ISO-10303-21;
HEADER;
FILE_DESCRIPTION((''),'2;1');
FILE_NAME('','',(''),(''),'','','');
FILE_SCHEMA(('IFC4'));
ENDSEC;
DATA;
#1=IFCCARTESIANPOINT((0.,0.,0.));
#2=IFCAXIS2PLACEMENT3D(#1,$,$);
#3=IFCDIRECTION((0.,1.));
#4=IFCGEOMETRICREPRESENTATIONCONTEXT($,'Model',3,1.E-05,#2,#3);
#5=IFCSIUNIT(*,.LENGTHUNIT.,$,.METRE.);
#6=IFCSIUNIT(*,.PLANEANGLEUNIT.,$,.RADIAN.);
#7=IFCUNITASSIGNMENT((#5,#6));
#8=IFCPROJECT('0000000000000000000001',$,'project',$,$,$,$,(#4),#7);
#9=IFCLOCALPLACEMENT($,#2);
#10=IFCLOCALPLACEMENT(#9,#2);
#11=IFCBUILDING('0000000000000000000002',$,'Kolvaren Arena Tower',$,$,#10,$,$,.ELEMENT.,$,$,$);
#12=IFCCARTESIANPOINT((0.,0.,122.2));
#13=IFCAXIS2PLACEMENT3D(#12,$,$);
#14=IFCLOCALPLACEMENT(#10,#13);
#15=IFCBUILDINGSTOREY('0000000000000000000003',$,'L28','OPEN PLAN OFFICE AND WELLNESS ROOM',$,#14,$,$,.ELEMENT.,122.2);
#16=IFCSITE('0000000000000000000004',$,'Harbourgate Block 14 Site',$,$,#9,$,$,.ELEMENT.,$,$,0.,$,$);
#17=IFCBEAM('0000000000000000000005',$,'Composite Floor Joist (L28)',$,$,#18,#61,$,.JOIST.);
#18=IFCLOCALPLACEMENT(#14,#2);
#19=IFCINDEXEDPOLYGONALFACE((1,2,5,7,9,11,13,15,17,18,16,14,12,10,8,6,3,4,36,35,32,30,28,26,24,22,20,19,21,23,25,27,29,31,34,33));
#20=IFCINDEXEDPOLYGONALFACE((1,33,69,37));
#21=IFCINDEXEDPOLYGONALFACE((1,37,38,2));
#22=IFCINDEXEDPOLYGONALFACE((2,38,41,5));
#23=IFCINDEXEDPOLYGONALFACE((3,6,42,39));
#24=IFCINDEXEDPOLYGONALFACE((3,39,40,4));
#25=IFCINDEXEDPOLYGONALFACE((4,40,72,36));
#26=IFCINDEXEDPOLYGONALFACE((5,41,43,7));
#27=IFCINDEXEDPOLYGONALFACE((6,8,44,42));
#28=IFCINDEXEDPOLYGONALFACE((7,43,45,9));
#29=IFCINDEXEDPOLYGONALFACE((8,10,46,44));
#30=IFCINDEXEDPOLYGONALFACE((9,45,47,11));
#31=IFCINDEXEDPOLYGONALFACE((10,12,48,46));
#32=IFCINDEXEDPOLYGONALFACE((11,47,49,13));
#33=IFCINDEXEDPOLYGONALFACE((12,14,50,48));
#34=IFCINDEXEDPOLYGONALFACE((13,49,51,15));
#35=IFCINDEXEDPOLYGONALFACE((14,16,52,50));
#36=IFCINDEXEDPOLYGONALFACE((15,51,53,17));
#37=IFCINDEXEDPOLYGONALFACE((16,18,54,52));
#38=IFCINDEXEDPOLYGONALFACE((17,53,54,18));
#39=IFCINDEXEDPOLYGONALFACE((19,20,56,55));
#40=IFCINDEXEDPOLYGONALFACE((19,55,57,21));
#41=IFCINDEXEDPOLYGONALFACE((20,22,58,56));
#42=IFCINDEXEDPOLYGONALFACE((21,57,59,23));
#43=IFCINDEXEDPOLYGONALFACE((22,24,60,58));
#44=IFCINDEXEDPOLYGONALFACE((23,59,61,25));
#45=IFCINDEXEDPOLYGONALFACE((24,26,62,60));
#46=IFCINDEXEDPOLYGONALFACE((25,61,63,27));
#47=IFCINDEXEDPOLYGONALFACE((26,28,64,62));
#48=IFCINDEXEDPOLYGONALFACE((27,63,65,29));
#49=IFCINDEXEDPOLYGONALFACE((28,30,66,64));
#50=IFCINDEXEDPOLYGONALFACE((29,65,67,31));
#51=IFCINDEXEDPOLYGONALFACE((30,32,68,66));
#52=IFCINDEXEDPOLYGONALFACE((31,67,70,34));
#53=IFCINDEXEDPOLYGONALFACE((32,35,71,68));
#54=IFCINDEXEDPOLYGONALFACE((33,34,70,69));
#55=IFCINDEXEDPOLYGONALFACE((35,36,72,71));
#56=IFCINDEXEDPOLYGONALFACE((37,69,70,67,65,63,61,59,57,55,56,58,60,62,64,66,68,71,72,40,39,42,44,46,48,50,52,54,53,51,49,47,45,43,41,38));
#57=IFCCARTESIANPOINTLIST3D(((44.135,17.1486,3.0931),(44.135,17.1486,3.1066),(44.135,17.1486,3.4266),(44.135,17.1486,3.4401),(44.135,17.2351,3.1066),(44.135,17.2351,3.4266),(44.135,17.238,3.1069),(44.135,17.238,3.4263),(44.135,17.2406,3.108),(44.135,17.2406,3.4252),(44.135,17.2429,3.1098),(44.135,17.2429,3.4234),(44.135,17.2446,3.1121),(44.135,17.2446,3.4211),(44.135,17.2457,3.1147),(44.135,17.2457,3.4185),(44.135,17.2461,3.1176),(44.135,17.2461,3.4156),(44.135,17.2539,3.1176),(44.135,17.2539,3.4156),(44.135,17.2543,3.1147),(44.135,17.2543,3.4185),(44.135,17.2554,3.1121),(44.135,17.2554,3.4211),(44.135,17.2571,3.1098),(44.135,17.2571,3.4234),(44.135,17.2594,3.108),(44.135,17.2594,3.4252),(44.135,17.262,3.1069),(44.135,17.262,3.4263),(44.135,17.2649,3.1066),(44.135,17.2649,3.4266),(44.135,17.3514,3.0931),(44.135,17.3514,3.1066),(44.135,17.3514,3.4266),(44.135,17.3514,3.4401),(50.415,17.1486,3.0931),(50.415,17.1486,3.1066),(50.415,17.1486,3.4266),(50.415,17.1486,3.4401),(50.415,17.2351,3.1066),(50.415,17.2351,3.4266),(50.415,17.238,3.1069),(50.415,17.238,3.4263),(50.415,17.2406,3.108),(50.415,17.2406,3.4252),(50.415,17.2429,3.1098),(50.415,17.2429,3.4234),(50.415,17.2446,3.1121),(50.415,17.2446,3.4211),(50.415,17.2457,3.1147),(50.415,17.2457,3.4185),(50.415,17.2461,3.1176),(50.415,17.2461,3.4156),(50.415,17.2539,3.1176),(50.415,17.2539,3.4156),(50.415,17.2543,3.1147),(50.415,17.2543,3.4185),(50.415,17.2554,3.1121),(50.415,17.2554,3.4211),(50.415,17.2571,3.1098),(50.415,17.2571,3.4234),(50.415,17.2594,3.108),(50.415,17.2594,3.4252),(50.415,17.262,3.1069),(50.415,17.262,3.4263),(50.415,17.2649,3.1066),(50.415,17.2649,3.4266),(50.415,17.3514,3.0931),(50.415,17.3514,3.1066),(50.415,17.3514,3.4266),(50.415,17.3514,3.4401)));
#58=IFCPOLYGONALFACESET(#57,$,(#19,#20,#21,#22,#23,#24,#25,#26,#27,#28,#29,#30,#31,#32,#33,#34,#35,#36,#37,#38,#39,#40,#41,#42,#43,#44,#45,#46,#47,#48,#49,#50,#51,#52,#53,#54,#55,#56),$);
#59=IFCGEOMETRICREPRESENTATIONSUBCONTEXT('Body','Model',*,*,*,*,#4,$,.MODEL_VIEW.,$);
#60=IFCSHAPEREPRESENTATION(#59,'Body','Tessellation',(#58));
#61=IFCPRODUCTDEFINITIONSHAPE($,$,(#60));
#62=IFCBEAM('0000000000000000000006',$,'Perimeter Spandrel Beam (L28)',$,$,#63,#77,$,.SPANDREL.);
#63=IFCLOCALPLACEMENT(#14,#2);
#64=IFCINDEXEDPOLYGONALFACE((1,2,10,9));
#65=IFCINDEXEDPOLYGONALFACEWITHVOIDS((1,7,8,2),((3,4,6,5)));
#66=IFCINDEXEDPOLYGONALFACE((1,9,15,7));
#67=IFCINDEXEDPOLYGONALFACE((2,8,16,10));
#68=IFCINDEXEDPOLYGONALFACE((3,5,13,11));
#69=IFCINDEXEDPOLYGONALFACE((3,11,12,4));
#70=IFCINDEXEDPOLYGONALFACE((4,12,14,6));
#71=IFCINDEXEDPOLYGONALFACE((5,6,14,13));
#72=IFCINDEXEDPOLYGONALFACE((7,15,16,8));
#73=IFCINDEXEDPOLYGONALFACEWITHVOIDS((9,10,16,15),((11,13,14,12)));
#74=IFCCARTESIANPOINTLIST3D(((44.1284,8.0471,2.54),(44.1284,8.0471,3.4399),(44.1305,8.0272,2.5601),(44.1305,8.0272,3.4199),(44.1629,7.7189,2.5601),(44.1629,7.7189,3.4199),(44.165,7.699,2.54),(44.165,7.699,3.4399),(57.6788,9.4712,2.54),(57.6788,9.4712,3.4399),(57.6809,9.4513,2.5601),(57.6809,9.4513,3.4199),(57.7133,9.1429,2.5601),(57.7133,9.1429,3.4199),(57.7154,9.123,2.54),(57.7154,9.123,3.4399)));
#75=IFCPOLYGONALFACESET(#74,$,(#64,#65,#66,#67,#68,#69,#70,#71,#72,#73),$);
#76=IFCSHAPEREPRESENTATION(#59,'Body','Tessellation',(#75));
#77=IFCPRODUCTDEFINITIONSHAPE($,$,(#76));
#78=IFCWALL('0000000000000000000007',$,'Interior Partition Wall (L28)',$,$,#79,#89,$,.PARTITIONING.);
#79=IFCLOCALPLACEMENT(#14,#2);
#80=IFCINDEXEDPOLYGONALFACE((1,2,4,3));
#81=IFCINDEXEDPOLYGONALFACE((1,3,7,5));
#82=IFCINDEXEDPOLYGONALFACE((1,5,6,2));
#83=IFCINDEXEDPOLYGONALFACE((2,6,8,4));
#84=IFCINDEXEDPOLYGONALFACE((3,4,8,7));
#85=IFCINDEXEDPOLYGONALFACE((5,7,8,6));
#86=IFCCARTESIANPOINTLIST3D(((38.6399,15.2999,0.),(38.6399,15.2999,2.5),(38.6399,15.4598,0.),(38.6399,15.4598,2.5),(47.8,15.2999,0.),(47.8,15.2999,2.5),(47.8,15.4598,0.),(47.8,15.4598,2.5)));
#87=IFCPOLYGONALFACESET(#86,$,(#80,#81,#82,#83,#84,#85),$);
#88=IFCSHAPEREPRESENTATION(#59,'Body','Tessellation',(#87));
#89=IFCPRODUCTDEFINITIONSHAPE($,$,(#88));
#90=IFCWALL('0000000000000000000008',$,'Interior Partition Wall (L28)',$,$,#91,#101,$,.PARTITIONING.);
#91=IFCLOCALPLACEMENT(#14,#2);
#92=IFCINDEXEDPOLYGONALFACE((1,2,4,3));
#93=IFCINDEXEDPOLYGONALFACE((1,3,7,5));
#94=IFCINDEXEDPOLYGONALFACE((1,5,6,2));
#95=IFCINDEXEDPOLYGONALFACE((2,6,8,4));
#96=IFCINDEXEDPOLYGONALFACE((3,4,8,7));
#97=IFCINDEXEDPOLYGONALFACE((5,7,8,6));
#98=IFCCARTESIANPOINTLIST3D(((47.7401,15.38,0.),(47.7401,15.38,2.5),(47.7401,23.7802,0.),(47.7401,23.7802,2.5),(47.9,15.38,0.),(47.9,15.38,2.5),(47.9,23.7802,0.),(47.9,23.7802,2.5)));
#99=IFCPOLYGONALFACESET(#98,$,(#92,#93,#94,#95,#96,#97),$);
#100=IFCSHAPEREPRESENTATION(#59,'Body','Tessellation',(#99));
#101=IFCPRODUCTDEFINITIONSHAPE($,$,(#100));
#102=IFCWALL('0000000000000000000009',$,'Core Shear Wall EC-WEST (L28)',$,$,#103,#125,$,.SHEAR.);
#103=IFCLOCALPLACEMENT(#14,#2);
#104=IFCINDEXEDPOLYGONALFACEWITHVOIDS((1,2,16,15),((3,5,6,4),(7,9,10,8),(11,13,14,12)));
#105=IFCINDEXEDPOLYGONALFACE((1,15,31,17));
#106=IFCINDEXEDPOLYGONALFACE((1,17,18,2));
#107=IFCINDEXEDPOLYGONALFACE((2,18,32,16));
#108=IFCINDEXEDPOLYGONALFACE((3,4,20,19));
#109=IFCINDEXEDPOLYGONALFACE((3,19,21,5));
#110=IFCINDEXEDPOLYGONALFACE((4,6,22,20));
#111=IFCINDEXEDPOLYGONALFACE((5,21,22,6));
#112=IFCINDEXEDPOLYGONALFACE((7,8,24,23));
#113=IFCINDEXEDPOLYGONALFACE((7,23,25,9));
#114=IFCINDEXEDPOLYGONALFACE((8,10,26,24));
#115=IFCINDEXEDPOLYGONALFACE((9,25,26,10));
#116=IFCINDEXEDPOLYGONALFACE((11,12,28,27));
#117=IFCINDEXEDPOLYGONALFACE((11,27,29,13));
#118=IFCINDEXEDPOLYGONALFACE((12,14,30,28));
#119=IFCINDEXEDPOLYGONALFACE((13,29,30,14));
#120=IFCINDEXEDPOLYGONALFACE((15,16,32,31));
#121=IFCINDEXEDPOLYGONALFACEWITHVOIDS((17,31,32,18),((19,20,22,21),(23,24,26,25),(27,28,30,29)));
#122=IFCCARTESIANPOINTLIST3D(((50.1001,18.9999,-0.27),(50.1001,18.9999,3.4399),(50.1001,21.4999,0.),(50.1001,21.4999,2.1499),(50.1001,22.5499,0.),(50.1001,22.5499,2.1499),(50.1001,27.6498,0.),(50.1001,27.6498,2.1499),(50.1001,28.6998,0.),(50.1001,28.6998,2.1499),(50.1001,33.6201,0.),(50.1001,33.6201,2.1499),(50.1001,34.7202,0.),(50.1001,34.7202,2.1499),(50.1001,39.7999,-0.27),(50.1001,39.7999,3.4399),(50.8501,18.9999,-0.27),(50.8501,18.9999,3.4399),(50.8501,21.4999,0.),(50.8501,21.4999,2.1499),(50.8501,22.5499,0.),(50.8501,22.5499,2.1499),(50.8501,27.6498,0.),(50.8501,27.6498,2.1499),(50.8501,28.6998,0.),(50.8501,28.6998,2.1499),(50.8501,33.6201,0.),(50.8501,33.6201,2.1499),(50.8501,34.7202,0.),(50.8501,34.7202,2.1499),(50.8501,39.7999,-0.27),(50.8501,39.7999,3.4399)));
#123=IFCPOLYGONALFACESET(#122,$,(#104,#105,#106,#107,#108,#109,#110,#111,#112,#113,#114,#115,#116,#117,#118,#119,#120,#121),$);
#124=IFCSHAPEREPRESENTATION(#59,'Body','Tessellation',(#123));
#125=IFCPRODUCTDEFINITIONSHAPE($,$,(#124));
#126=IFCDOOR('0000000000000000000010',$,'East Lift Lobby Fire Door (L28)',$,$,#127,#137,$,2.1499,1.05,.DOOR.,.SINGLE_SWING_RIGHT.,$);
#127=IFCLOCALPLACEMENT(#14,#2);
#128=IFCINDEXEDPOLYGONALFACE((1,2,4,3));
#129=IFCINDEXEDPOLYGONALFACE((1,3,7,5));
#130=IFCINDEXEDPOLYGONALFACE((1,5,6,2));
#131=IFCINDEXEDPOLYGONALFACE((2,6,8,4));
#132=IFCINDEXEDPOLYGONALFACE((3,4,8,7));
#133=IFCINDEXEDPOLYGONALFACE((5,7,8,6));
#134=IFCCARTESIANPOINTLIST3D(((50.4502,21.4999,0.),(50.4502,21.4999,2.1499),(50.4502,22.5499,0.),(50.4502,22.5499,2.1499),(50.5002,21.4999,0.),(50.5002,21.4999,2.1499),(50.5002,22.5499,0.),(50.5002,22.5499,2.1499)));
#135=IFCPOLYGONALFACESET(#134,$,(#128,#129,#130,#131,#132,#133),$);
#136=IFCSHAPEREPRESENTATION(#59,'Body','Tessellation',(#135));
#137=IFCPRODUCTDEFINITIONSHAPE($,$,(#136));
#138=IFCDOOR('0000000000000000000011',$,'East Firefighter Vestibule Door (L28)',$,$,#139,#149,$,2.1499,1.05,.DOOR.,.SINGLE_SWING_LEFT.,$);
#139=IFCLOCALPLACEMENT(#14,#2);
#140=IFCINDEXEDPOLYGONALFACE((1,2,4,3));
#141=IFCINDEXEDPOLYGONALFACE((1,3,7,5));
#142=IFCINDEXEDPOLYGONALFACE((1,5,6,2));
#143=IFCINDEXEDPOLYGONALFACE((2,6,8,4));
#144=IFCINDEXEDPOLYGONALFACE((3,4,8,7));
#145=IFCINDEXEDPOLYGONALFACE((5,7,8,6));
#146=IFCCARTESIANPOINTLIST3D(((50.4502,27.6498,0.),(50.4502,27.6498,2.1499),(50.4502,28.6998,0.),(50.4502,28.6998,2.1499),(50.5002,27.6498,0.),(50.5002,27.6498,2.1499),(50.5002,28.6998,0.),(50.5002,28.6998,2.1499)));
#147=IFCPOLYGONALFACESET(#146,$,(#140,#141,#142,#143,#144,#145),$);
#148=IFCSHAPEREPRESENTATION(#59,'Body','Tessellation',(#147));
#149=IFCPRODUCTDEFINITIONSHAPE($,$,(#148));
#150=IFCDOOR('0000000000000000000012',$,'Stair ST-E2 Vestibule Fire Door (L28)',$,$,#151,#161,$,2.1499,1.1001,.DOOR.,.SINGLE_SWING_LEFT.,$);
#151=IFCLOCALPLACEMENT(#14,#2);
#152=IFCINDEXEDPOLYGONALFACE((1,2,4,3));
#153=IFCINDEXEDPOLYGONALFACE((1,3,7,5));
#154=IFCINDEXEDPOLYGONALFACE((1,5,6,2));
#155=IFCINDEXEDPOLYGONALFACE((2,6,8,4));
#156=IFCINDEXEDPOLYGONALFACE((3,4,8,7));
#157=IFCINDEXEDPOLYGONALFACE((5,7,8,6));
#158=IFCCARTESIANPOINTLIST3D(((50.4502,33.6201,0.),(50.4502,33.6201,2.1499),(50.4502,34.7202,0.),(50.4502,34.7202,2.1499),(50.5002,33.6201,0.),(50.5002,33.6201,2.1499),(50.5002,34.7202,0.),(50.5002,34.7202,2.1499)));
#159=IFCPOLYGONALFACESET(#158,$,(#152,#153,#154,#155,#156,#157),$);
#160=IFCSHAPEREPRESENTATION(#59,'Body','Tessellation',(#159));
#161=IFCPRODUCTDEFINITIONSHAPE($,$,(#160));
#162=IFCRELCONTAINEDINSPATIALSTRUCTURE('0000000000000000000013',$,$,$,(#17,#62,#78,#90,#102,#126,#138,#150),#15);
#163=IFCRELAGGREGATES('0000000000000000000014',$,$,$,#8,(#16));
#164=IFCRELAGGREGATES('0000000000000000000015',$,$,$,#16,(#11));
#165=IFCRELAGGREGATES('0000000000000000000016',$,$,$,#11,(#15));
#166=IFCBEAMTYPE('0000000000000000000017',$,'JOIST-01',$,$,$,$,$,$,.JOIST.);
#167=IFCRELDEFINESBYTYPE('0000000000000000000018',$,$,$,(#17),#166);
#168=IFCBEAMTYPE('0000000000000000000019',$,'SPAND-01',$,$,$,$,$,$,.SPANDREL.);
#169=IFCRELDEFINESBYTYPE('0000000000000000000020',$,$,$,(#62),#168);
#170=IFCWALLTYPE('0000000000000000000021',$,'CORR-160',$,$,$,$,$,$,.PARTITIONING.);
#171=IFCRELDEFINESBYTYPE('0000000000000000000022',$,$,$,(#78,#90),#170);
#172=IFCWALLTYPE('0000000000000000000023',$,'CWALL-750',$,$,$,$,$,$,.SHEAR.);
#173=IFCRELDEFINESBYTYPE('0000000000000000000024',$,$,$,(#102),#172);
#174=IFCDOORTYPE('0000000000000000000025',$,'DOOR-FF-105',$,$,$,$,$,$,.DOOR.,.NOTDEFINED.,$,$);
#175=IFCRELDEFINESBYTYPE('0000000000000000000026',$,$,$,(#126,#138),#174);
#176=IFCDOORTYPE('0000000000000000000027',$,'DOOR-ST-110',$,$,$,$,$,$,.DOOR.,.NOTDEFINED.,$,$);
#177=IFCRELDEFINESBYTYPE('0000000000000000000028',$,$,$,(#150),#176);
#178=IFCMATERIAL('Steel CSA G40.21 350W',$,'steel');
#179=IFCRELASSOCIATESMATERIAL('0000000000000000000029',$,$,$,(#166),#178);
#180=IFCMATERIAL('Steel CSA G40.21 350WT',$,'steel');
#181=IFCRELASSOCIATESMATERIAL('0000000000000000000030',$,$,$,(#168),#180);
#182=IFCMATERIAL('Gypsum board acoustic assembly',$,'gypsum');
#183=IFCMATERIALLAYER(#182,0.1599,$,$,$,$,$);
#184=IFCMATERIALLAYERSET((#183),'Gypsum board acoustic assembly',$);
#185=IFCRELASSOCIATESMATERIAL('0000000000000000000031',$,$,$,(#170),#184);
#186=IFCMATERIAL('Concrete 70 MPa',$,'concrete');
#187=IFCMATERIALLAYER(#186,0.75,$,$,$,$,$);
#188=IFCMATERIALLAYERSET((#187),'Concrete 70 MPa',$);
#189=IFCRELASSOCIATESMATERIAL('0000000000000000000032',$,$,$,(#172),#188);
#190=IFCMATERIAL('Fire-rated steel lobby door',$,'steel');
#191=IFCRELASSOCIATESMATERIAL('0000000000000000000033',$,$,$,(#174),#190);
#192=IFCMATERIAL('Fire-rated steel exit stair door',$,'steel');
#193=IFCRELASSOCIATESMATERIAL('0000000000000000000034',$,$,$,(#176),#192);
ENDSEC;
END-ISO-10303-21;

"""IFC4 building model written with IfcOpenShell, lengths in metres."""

from ifc_helpers import new_model, si_unit, direction, frame, frame_2d, origin, origin_2d, place, context, subcontext, project, spatial, rectangle, hollow_rectangle, i_section, extrude, material, layer, layer_set, material_profile, profile_set, type_object, element, fill, save


model = new_model("IFC4")

# Units and contexts
model_context = context("Model", 3, precision=1e-05, world=origin(), true_north=direction((0.0, 1.0)))
body_context = subcontext(model_context, "Body", "Model", "MODEL_VIEW")
ifc_project = project(units=[si_unit("LENGTHUNIT", "METRE"), si_unit("PLANEANGLEUNIT", "RADIAN")], contexts=[model_context])

# Site, building, storey
site_placement = place(None, origin())
site = spatial("IfcSite", under=ifc_project, at=site_placement, Name="Harbourgate Block 14 Site", CompositionType="ELEMENT", RefElevation=0.0)
building_placement = place(site_placement, origin())
building = spatial("IfcBuilding", under=site, at=building_placement, Name="Kolvaren Arena Tower", CompositionType="ELEMENT")
storey_placement = place(building_placement, frame((0.0, 0.0, 122.2)))
storey = spatial("IfcBuildingStorey", under=building, at=storey_placement, Name="L28", Description="OPEN PLAN OFFICE AND WELLNESS ROOM", CompositionType="ELEMENT", Elevation=122.2)

# Beams
ifc_material_1 = material(Name="Steel CSA G40.21 350W", Category="steel")
ifc_material_profile_1 = material_profile(ifc_material_1, i_section(OverallWidth=0.2029, OverallDepth=0.3469, WebThickness=0.0078, FlangeThickness=0.0134, FilletRadius=0.011, at=origin_2d()), Name="W360x64")
ifc_profile_set_1 = profile_set([ifc_material_profile_1], Name="Steel CSA G40.21 350W")
beam_type_1 = type_object("IfcBeamType", Name="JOIST-01", PredefinedType="JOIST", material=ifc_profile_set_1)
beam_1_placement = place(storey_placement, frame((44.135, 17.25, 3.2666), z_axis=(1.0, 0.0, 0.0), x_axis=(0.0, 1.0, 0.0)))
element("IfcBeam", 1, at=beam_1_placement, inside=storey, type_object=beam_type_1, Name="Composite Floor Joist (L28)", PredefinedType="JOIST", context=body_context, shape_type="SweptSolid", body=[
    extrude(i_section(OverallWidth=0.2029, OverallDepth=0.3469, WebThickness=0.0078, FlangeThickness=0.0134, FilletRadius=0.011, at=origin_2d()), origin(), (0.0, 0.0, 1.0), 6.28),
])
ifc_material_2 = material(Name="Steel CSA G40.21 350WT", Category="steel")
ifc_material_profile_2 = material_profile(ifc_material_2, hollow_rectangle(XDim=0.3501, YDim=0.8999, WallThickness=0.02, at=origin_2d()), Name="HSS 900x350x20")
ifc_profile_set_2 = profile_set([ifc_material_profile_2], Name="Steel CSA G40.21 350WT")
beam_type_2 = type_object("IfcBeamType", Name="SPAND-01", PredefinedType="SPANDREL", material=ifc_profile_set_2)
beam_2_placement = place(storey_placement, frame((44.1467, 7.873, 2.99), z_axis=(0.994523, 0.10452, 0.0), x_axis=(-0.10452, 0.994523, 0.0)))
element("IfcBeam", 2, at=beam_2_placement, inside=storey, type_object=beam_type_2, Name="Perimeter Spandrel Beam (L28)", PredefinedType="SPANDREL", context=body_context, shape_type="SweptSolid", body=[
    extrude(hollow_rectangle(XDim=0.3501, YDim=0.8999, WallThickness=0.02, at=origin_2d()), origin(), (0.0, 0.0, 1.0), 13.625),
])

# Walls
ifc_material_3 = material(Name="Gypsum board acoustic assembly", Category="gypsum")
ifc_layer_1 = layer(ifc_material_3, 0.1599)
ifc_layer_set_1 = layer_set([ifc_layer_1], Name="Gypsum board acoustic assembly")
wall_type_1 = type_object("IfcWallType", Name="CORR-160", PredefinedType="PARTITIONING", material=ifc_layer_set_1)
wall_1_placement = place(storey_placement, frame((38.6399, 15.3799, 0.0), z_axis=(0.0, 0.0, 1.0), x_axis=(1.0, 0.0, 0.0)))
element("IfcWall", 3, at=wall_1_placement, inside=storey, type_object=wall_type_1, Name="Interior Partition Wall (L28)", PredefinedType="PARTITIONING", context=body_context, shape_type="SweptSolid", body=[
    extrude(rectangle(XDim=9.1602, YDim=0.1599, at=frame_2d((4.5801, 0.0))), origin(), (0.0, 0.0, 1.0), 2.5),
])
wall_2_placement = place(storey_placement, frame((47.8201, 15.3799, 0.0), z_axis=(0.0, 0.0, 1.0), x_axis=(0.0, 1.0, 0.0)))
element("IfcWall", 4, at=wall_2_placement, inside=storey, type_object=wall_type_1, Name="Interior Partition Wall (L28)", PredefinedType="PARTITIONING", context=body_context, shape_type="SweptSolid", body=[
    extrude(rectangle(XDim=8.4001, YDim=0.1599, at=frame_2d((4.2002, 0.0))), origin(), (0.0, 0.0, 1.0), 2.5),
])

# Wall, openings, doors
ifc_material_4 = material(Name="Concrete 70 MPa", Category="concrete")
ifc_layer_2 = layer(ifc_material_4, 0.75)
ifc_layer_set_2 = layer_set([ifc_layer_2], Name="Concrete 70 MPa")
wall_type_2 = type_object("IfcWallType", Name="CWALL-750", PredefinedType="SHEAR", material=ifc_layer_set_2)
wall_3_placement = place(storey_placement, frame((50.4751, 19.0, -0.27), z_axis=(0.0, 0.0, 1.0), x_axis=(0.0, 1.0, 0.0)))
wall_3 = element("IfcWall", 5, at=wall_3_placement, inside=storey, type_object=wall_type_2, Name="Core Shear Wall EC-WEST (L28)", PredefinedType="SHEAR", context=body_context, shape_type="SweptSolid", body=[
    extrude(rectangle(XDim=20.8, YDim=0.75, at=frame_2d((10.3999, 0.0))), origin(), (0.0, 0.0, 1.0), 3.71),
])
opening_1_placement = place(wall_3_placement, frame((2.5, 0.0, 0.27)))
opening_1 = element("IfcOpeningElement", 6, at=opening_1_placement, cuts=wall_3, PredefinedType="OPENING", context=body_context, shape_type="SweptSolid", body=[
    extrude(rectangle(XDim=1.05, YDim=2.1499, at=frame_2d((0.5249, 1.075))), frame((0.0, 0.385, 0.0), z_axis=(0.0, -1.0, 0.0), x_axis=(1.0, 0.0, 0.0)), (0.0, 0.0, 1.0), 0.77),
])
opening_2_placement = place(wall_3_placement, frame((8.6499, 0.0, 0.27)))
opening_2 = element("IfcOpeningElement", 7, at=opening_2_placement, cuts=wall_3, PredefinedType="OPENING", context=body_context, shape_type="SweptSolid", body=[
    extrude(rectangle(XDim=1.05, YDim=2.1499, at=frame_2d((0.5249, 1.075))), frame((0.0, 0.385, 0.0), z_axis=(0.0, -1.0, 0.0), x_axis=(1.0, 0.0, 0.0)), (0.0, 0.0, 1.0), 0.77),
])
opening_3_placement = place(wall_3_placement, frame((14.6201, 0.0, 0.27)))
opening_3 = element("IfcOpeningElement", 8, at=opening_3_placement, cuts=wall_3, PredefinedType="OPENING", context=body_context, shape_type="SweptSolid", body=[
    extrude(rectangle(XDim=1.1001, YDim=2.1499, at=frame_2d((0.55, 1.075))), frame((0.0, 0.385, 0.0), z_axis=(0.0, -1.0, 0.0), x_axis=(1.0, 0.0, 0.0)), (0.0, 0.0, 1.0), 0.77),
])
ifc_material_5 = material(Name="Fire-rated steel lobby door", Category="steel")
door_type_1 = type_object("IfcDoorType", Name="DOOR-FF-105", OperationType="NOTDEFINED", PredefinedType="DOOR", material=ifc_material_5)
door_1_placement = place(opening_1_placement, origin())
door_1 = element("IfcDoor", 9, at=door_1_placement, inside=storey, type_object=door_type_1, Name="East Lift Lobby Fire Door (L28)", OperationType="SINGLE_SWING_RIGHT", OverallHeight=2.1499, OverallWidth=1.05, PredefinedType="DOOR", context=body_context, shape_type="SweptSolid", body=[
    extrude(rectangle(XDim=1.05, YDim=2.1499, at=frame_2d((0.5249, 1.075))), frame((0.0, 0.0249, 0.0), z_axis=(0.0, -1.0, 0.0), x_axis=(1.0, 0.0, 0.0)), (0.0, 0.0, 1.0), 0.05),
])
fill(opening_1, door_1)
door_2_placement = place(opening_2_placement, origin())
door_2 = element("IfcDoor", 10, at=door_2_placement, inside=storey, type_object=door_type_1, Name="East Firefighter Vestibule Door (L28)", OperationType="SINGLE_SWING_LEFT", OverallHeight=2.1499, OverallWidth=1.05, PredefinedType="DOOR", context=body_context, shape_type="SweptSolid", body=[
    extrude(rectangle(XDim=1.05, YDim=2.1499, at=frame_2d((0.5249, 1.075))), frame((0.0, 0.0249, 0.0), z_axis=(0.0, -1.0, 0.0), x_axis=(1.0, 0.0, 0.0)), (0.0, 0.0, 1.0), 0.05),
])
fill(opening_2, door_2)
ifc_material_6 = material(Name="Fire-rated steel exit stair door", Category="steel")
door_type_2 = type_object("IfcDoorType", Name="DOOR-ST-110", OperationType="NOTDEFINED", PredefinedType="DOOR", material=ifc_material_6)
door_3_placement = place(opening_3_placement, origin())
door_3 = element("IfcDoor", 11, at=door_3_placement, inside=storey, type_object=door_type_2, Name="Stair ST-E2 Vestibule Fire Door (L28)", OperationType="SINGLE_SWING_LEFT", OverallHeight=2.1499, OverallWidth=1.1001, PredefinedType="DOOR", context=body_context, shape_type="SweptSolid", body=[
    extrude(rectangle(XDim=1.1001, YDim=2.1499, at=frame_2d((0.55, 1.075))), frame((0.0, 0.0249, 0.0), z_axis=(0.0, -1.0, 0.0), x_axis=(1.0, 0.0, 0.0)), (0.0, 0.0, 1.0), 0.05),
])
fill(opening_3, door_3)

save(model, "model.ifc")
